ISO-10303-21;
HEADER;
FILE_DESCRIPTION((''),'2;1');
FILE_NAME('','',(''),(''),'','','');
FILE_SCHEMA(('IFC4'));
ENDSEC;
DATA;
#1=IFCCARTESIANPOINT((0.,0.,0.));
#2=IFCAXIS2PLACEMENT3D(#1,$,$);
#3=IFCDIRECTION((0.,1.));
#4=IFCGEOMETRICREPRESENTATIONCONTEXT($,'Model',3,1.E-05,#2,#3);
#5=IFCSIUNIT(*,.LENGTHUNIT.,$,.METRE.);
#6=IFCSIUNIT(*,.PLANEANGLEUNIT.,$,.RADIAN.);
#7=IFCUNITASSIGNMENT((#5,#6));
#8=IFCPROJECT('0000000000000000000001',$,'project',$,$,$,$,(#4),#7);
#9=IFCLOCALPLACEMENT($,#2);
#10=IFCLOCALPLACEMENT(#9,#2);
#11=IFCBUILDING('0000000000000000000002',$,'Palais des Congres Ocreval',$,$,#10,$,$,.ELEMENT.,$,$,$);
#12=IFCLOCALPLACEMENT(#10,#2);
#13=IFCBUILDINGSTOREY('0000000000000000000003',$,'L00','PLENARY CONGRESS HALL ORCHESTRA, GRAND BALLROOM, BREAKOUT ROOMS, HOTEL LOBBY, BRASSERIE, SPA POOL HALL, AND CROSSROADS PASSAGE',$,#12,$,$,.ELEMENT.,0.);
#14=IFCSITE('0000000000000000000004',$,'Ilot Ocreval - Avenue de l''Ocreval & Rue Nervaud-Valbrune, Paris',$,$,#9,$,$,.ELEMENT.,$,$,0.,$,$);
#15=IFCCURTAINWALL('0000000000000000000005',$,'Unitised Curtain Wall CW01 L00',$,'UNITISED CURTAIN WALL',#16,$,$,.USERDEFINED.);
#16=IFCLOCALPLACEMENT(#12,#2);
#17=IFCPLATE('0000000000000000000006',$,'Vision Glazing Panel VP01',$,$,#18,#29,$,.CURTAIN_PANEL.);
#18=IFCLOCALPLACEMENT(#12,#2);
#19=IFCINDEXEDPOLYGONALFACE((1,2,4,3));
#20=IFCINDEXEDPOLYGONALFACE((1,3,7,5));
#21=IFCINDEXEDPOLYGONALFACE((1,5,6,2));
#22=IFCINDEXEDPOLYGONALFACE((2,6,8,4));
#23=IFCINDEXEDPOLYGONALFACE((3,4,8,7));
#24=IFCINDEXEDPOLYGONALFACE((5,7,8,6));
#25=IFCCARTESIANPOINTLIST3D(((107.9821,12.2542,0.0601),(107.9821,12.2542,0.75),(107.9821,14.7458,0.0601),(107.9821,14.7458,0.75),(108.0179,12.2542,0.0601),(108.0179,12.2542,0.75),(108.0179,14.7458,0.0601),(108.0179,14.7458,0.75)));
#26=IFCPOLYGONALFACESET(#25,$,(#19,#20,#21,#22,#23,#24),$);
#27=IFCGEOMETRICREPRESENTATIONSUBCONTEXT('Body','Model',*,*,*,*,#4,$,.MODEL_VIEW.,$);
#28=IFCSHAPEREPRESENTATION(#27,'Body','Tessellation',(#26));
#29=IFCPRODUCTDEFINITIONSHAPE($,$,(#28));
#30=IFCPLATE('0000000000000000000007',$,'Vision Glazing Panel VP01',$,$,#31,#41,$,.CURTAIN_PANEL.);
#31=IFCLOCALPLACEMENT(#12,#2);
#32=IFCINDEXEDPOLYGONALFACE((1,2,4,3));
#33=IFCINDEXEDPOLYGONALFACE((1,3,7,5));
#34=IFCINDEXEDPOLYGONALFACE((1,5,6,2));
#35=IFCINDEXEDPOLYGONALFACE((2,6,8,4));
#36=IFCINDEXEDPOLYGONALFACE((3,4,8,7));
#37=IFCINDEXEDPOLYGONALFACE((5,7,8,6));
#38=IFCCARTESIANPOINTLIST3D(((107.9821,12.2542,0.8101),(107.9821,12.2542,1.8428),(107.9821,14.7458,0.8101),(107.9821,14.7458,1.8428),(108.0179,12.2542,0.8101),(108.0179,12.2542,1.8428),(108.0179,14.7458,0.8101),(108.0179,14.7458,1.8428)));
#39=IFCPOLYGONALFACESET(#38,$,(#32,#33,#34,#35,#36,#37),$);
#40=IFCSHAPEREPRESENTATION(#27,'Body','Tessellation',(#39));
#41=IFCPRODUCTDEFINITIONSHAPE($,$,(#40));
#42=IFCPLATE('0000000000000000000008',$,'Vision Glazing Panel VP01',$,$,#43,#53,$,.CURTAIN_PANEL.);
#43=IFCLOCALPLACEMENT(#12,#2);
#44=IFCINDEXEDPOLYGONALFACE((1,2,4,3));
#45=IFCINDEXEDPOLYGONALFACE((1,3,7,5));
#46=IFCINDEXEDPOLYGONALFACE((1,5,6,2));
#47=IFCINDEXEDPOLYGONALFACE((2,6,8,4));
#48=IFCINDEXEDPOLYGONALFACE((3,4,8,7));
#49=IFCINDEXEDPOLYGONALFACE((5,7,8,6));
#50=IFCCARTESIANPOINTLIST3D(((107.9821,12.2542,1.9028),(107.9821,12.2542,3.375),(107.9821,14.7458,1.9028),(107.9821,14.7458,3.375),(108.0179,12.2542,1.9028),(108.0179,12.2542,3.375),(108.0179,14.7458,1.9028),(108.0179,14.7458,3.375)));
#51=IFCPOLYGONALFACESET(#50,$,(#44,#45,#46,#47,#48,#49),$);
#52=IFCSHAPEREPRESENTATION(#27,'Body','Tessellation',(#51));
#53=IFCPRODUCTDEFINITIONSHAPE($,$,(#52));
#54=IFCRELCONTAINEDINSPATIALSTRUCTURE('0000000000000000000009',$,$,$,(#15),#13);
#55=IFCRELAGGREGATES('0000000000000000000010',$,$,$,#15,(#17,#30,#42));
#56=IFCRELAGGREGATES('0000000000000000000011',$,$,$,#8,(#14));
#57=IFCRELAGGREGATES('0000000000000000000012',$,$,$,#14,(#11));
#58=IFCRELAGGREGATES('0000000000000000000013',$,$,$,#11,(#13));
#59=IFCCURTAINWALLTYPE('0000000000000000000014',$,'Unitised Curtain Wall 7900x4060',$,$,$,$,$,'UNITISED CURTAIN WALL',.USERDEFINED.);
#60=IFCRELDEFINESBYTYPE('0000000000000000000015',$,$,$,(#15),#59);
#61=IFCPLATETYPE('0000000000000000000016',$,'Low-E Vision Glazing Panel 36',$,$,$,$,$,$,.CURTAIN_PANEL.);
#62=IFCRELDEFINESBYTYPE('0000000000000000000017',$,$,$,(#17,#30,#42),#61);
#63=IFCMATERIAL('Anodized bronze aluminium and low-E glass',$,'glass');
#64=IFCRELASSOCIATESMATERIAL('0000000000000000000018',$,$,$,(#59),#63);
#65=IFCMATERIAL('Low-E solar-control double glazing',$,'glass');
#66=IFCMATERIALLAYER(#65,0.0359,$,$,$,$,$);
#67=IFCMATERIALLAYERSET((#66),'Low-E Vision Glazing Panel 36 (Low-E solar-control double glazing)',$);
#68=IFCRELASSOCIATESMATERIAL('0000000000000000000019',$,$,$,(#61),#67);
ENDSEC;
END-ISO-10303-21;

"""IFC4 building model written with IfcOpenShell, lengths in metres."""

from ifc_helpers import new_model, si_unit, direction, frame, origin, origin_2d, place, context, subcontext, project, spatial, rectangle, extrude, material, layer, layer_set, type_object, element, aggregate, save


model = new_model("IFC4")

# Units and contexts
model_context = context("Model", 3, precision=1e-05, world=origin(), true_north=direction((0.0, 1.0)))
body_context = subcontext(model_context, "Body", "Model", "MODEL_VIEW")
ifc_project = project(units=[si_unit("LENGTHUNIT", "METRE"), si_unit("PLANEANGLEUNIT", "RADIAN")], contexts=[model_context])

# Site, building, storey
site_placement = place(None, origin())
site = spatial("IfcSite", under=ifc_project, at=site_placement, Name="Ilot Ocreval - Avenue de l'Ocreval & Rue Nervaud-Valbrune, Paris", CompositionType="ELEMENT", RefElevation=0.0)
building_placement = place(site_placement, origin())
building = spatial("IfcBuilding", under=site, at=building_placement, Name="Palais des Congres Ocreval", CompositionType="ELEMENT")
storey_placement = place(building_placement, origin())
storey = spatial("IfcBuildingStorey", under=building, at=storey_placement, Name="L00", Description="PLENARY CONGRESS HALL ORCHESTRA, GRAND BALLROOM, BREAKOUT ROOMS, HOTEL LOBBY, BRASSERIE, SPA POOL HALL, AND CROSSROADS PASSAGE", CompositionType="ELEMENT", Elevation=0.0)

# Curtain wall, plates
ifc_material_1 = material(Name="Anodized bronze aluminium and low-E glass", Category="glass")
curtain_wall_type = type_object("IfcCurtainWallType", Name="Unitised Curtain Wall 7900x4060", ElementType="UNITISED CURTAIN WALL", PredefinedType="USERDEFINED", material=ifc_material_1)
curtain_wall_placement = place(storey_placement, origin())
curtain_wall = element("IfcCurtainWall", 1, at=curtain_wall_placement, inside=storey, type_object=curtain_wall_type, Name="Unitised Curtain Wall CW01 L00", ObjectType="UNITISED CURTAIN WALL", PredefinedType="USERDEFINED")
ifc_material_2 = material(Name="Low-E solar-control double glazing", Category="glass")
ifc_layer_1 = layer(ifc_material_2, 0.0359)
ifc_layer_set_1 = layer_set([ifc_layer_1], Name="Low-E Vision Glazing Panel 36 (Low-E solar-control double glazing)")
plate_type_1 = type_object("IfcPlateType", Name="Low-E Vision Glazing Panel 36", PredefinedType="CURTAIN_PANEL", material=ifc_layer_set_1)
plate_1_placement = place(storey_placement, frame((108.0, 13.5, 0.0601), z_axis=(0.0, 0.0, 1.0), x_axis=(0.0, 1.0, 0.0)))
plate_1 = element("IfcPlate", 2, at=plate_1_placement, type_object=plate_type_1, Name="Vision Glazing Panel VP01", PredefinedType="CURTAIN_PANEL", context=body_context, shape_type="SweptSolid", body=[
    extrude(rectangle(XDim=2.4917, YDim=0.0359, at=origin_2d()), origin(), (0.0, 0.0, 1.0), 0.6899),
])
plate_2_placement = place(storey_placement, frame((108.0, 13.5, 0.8101), z_axis=(0.0, 0.0, 1.0), x_axis=(0.0, 1.0, 0.0)))
plate_2 = element("IfcPlate", 3, at=plate_2_placement, type_object=plate_type_1, Name="Vision Glazing Panel VP01", PredefinedType="CURTAIN_PANEL", context=body_context, shape_type="SweptSolid", body=[
    extrude(rectangle(XDim=2.4917, YDim=0.0359, at=origin_2d()), origin(), (0.0, 0.0, 1.0), 1.0327),
])
plate_3_placement = place(storey_placement, frame((108.0, 13.5, 1.9028), z_axis=(0.0, 0.0, 1.0), x_axis=(0.0, 1.0, 0.0)))
plate_3 = element("IfcPlate", 4, at=plate_3_placement, type_object=plate_type_1, Name="Vision Glazing Panel VP01", PredefinedType="CURTAIN_PANEL", context=body_context, shape_type="SweptSolid", body=[
    extrude(rectangle(XDim=2.4917, YDim=0.0359, at=origin_2d()), origin(), (0.0, 0.0, 1.0), 1.4722),
])
aggregate(curtain_wall, [plate_1, plate_2, plate_3])

save(model, "model.ifc")
